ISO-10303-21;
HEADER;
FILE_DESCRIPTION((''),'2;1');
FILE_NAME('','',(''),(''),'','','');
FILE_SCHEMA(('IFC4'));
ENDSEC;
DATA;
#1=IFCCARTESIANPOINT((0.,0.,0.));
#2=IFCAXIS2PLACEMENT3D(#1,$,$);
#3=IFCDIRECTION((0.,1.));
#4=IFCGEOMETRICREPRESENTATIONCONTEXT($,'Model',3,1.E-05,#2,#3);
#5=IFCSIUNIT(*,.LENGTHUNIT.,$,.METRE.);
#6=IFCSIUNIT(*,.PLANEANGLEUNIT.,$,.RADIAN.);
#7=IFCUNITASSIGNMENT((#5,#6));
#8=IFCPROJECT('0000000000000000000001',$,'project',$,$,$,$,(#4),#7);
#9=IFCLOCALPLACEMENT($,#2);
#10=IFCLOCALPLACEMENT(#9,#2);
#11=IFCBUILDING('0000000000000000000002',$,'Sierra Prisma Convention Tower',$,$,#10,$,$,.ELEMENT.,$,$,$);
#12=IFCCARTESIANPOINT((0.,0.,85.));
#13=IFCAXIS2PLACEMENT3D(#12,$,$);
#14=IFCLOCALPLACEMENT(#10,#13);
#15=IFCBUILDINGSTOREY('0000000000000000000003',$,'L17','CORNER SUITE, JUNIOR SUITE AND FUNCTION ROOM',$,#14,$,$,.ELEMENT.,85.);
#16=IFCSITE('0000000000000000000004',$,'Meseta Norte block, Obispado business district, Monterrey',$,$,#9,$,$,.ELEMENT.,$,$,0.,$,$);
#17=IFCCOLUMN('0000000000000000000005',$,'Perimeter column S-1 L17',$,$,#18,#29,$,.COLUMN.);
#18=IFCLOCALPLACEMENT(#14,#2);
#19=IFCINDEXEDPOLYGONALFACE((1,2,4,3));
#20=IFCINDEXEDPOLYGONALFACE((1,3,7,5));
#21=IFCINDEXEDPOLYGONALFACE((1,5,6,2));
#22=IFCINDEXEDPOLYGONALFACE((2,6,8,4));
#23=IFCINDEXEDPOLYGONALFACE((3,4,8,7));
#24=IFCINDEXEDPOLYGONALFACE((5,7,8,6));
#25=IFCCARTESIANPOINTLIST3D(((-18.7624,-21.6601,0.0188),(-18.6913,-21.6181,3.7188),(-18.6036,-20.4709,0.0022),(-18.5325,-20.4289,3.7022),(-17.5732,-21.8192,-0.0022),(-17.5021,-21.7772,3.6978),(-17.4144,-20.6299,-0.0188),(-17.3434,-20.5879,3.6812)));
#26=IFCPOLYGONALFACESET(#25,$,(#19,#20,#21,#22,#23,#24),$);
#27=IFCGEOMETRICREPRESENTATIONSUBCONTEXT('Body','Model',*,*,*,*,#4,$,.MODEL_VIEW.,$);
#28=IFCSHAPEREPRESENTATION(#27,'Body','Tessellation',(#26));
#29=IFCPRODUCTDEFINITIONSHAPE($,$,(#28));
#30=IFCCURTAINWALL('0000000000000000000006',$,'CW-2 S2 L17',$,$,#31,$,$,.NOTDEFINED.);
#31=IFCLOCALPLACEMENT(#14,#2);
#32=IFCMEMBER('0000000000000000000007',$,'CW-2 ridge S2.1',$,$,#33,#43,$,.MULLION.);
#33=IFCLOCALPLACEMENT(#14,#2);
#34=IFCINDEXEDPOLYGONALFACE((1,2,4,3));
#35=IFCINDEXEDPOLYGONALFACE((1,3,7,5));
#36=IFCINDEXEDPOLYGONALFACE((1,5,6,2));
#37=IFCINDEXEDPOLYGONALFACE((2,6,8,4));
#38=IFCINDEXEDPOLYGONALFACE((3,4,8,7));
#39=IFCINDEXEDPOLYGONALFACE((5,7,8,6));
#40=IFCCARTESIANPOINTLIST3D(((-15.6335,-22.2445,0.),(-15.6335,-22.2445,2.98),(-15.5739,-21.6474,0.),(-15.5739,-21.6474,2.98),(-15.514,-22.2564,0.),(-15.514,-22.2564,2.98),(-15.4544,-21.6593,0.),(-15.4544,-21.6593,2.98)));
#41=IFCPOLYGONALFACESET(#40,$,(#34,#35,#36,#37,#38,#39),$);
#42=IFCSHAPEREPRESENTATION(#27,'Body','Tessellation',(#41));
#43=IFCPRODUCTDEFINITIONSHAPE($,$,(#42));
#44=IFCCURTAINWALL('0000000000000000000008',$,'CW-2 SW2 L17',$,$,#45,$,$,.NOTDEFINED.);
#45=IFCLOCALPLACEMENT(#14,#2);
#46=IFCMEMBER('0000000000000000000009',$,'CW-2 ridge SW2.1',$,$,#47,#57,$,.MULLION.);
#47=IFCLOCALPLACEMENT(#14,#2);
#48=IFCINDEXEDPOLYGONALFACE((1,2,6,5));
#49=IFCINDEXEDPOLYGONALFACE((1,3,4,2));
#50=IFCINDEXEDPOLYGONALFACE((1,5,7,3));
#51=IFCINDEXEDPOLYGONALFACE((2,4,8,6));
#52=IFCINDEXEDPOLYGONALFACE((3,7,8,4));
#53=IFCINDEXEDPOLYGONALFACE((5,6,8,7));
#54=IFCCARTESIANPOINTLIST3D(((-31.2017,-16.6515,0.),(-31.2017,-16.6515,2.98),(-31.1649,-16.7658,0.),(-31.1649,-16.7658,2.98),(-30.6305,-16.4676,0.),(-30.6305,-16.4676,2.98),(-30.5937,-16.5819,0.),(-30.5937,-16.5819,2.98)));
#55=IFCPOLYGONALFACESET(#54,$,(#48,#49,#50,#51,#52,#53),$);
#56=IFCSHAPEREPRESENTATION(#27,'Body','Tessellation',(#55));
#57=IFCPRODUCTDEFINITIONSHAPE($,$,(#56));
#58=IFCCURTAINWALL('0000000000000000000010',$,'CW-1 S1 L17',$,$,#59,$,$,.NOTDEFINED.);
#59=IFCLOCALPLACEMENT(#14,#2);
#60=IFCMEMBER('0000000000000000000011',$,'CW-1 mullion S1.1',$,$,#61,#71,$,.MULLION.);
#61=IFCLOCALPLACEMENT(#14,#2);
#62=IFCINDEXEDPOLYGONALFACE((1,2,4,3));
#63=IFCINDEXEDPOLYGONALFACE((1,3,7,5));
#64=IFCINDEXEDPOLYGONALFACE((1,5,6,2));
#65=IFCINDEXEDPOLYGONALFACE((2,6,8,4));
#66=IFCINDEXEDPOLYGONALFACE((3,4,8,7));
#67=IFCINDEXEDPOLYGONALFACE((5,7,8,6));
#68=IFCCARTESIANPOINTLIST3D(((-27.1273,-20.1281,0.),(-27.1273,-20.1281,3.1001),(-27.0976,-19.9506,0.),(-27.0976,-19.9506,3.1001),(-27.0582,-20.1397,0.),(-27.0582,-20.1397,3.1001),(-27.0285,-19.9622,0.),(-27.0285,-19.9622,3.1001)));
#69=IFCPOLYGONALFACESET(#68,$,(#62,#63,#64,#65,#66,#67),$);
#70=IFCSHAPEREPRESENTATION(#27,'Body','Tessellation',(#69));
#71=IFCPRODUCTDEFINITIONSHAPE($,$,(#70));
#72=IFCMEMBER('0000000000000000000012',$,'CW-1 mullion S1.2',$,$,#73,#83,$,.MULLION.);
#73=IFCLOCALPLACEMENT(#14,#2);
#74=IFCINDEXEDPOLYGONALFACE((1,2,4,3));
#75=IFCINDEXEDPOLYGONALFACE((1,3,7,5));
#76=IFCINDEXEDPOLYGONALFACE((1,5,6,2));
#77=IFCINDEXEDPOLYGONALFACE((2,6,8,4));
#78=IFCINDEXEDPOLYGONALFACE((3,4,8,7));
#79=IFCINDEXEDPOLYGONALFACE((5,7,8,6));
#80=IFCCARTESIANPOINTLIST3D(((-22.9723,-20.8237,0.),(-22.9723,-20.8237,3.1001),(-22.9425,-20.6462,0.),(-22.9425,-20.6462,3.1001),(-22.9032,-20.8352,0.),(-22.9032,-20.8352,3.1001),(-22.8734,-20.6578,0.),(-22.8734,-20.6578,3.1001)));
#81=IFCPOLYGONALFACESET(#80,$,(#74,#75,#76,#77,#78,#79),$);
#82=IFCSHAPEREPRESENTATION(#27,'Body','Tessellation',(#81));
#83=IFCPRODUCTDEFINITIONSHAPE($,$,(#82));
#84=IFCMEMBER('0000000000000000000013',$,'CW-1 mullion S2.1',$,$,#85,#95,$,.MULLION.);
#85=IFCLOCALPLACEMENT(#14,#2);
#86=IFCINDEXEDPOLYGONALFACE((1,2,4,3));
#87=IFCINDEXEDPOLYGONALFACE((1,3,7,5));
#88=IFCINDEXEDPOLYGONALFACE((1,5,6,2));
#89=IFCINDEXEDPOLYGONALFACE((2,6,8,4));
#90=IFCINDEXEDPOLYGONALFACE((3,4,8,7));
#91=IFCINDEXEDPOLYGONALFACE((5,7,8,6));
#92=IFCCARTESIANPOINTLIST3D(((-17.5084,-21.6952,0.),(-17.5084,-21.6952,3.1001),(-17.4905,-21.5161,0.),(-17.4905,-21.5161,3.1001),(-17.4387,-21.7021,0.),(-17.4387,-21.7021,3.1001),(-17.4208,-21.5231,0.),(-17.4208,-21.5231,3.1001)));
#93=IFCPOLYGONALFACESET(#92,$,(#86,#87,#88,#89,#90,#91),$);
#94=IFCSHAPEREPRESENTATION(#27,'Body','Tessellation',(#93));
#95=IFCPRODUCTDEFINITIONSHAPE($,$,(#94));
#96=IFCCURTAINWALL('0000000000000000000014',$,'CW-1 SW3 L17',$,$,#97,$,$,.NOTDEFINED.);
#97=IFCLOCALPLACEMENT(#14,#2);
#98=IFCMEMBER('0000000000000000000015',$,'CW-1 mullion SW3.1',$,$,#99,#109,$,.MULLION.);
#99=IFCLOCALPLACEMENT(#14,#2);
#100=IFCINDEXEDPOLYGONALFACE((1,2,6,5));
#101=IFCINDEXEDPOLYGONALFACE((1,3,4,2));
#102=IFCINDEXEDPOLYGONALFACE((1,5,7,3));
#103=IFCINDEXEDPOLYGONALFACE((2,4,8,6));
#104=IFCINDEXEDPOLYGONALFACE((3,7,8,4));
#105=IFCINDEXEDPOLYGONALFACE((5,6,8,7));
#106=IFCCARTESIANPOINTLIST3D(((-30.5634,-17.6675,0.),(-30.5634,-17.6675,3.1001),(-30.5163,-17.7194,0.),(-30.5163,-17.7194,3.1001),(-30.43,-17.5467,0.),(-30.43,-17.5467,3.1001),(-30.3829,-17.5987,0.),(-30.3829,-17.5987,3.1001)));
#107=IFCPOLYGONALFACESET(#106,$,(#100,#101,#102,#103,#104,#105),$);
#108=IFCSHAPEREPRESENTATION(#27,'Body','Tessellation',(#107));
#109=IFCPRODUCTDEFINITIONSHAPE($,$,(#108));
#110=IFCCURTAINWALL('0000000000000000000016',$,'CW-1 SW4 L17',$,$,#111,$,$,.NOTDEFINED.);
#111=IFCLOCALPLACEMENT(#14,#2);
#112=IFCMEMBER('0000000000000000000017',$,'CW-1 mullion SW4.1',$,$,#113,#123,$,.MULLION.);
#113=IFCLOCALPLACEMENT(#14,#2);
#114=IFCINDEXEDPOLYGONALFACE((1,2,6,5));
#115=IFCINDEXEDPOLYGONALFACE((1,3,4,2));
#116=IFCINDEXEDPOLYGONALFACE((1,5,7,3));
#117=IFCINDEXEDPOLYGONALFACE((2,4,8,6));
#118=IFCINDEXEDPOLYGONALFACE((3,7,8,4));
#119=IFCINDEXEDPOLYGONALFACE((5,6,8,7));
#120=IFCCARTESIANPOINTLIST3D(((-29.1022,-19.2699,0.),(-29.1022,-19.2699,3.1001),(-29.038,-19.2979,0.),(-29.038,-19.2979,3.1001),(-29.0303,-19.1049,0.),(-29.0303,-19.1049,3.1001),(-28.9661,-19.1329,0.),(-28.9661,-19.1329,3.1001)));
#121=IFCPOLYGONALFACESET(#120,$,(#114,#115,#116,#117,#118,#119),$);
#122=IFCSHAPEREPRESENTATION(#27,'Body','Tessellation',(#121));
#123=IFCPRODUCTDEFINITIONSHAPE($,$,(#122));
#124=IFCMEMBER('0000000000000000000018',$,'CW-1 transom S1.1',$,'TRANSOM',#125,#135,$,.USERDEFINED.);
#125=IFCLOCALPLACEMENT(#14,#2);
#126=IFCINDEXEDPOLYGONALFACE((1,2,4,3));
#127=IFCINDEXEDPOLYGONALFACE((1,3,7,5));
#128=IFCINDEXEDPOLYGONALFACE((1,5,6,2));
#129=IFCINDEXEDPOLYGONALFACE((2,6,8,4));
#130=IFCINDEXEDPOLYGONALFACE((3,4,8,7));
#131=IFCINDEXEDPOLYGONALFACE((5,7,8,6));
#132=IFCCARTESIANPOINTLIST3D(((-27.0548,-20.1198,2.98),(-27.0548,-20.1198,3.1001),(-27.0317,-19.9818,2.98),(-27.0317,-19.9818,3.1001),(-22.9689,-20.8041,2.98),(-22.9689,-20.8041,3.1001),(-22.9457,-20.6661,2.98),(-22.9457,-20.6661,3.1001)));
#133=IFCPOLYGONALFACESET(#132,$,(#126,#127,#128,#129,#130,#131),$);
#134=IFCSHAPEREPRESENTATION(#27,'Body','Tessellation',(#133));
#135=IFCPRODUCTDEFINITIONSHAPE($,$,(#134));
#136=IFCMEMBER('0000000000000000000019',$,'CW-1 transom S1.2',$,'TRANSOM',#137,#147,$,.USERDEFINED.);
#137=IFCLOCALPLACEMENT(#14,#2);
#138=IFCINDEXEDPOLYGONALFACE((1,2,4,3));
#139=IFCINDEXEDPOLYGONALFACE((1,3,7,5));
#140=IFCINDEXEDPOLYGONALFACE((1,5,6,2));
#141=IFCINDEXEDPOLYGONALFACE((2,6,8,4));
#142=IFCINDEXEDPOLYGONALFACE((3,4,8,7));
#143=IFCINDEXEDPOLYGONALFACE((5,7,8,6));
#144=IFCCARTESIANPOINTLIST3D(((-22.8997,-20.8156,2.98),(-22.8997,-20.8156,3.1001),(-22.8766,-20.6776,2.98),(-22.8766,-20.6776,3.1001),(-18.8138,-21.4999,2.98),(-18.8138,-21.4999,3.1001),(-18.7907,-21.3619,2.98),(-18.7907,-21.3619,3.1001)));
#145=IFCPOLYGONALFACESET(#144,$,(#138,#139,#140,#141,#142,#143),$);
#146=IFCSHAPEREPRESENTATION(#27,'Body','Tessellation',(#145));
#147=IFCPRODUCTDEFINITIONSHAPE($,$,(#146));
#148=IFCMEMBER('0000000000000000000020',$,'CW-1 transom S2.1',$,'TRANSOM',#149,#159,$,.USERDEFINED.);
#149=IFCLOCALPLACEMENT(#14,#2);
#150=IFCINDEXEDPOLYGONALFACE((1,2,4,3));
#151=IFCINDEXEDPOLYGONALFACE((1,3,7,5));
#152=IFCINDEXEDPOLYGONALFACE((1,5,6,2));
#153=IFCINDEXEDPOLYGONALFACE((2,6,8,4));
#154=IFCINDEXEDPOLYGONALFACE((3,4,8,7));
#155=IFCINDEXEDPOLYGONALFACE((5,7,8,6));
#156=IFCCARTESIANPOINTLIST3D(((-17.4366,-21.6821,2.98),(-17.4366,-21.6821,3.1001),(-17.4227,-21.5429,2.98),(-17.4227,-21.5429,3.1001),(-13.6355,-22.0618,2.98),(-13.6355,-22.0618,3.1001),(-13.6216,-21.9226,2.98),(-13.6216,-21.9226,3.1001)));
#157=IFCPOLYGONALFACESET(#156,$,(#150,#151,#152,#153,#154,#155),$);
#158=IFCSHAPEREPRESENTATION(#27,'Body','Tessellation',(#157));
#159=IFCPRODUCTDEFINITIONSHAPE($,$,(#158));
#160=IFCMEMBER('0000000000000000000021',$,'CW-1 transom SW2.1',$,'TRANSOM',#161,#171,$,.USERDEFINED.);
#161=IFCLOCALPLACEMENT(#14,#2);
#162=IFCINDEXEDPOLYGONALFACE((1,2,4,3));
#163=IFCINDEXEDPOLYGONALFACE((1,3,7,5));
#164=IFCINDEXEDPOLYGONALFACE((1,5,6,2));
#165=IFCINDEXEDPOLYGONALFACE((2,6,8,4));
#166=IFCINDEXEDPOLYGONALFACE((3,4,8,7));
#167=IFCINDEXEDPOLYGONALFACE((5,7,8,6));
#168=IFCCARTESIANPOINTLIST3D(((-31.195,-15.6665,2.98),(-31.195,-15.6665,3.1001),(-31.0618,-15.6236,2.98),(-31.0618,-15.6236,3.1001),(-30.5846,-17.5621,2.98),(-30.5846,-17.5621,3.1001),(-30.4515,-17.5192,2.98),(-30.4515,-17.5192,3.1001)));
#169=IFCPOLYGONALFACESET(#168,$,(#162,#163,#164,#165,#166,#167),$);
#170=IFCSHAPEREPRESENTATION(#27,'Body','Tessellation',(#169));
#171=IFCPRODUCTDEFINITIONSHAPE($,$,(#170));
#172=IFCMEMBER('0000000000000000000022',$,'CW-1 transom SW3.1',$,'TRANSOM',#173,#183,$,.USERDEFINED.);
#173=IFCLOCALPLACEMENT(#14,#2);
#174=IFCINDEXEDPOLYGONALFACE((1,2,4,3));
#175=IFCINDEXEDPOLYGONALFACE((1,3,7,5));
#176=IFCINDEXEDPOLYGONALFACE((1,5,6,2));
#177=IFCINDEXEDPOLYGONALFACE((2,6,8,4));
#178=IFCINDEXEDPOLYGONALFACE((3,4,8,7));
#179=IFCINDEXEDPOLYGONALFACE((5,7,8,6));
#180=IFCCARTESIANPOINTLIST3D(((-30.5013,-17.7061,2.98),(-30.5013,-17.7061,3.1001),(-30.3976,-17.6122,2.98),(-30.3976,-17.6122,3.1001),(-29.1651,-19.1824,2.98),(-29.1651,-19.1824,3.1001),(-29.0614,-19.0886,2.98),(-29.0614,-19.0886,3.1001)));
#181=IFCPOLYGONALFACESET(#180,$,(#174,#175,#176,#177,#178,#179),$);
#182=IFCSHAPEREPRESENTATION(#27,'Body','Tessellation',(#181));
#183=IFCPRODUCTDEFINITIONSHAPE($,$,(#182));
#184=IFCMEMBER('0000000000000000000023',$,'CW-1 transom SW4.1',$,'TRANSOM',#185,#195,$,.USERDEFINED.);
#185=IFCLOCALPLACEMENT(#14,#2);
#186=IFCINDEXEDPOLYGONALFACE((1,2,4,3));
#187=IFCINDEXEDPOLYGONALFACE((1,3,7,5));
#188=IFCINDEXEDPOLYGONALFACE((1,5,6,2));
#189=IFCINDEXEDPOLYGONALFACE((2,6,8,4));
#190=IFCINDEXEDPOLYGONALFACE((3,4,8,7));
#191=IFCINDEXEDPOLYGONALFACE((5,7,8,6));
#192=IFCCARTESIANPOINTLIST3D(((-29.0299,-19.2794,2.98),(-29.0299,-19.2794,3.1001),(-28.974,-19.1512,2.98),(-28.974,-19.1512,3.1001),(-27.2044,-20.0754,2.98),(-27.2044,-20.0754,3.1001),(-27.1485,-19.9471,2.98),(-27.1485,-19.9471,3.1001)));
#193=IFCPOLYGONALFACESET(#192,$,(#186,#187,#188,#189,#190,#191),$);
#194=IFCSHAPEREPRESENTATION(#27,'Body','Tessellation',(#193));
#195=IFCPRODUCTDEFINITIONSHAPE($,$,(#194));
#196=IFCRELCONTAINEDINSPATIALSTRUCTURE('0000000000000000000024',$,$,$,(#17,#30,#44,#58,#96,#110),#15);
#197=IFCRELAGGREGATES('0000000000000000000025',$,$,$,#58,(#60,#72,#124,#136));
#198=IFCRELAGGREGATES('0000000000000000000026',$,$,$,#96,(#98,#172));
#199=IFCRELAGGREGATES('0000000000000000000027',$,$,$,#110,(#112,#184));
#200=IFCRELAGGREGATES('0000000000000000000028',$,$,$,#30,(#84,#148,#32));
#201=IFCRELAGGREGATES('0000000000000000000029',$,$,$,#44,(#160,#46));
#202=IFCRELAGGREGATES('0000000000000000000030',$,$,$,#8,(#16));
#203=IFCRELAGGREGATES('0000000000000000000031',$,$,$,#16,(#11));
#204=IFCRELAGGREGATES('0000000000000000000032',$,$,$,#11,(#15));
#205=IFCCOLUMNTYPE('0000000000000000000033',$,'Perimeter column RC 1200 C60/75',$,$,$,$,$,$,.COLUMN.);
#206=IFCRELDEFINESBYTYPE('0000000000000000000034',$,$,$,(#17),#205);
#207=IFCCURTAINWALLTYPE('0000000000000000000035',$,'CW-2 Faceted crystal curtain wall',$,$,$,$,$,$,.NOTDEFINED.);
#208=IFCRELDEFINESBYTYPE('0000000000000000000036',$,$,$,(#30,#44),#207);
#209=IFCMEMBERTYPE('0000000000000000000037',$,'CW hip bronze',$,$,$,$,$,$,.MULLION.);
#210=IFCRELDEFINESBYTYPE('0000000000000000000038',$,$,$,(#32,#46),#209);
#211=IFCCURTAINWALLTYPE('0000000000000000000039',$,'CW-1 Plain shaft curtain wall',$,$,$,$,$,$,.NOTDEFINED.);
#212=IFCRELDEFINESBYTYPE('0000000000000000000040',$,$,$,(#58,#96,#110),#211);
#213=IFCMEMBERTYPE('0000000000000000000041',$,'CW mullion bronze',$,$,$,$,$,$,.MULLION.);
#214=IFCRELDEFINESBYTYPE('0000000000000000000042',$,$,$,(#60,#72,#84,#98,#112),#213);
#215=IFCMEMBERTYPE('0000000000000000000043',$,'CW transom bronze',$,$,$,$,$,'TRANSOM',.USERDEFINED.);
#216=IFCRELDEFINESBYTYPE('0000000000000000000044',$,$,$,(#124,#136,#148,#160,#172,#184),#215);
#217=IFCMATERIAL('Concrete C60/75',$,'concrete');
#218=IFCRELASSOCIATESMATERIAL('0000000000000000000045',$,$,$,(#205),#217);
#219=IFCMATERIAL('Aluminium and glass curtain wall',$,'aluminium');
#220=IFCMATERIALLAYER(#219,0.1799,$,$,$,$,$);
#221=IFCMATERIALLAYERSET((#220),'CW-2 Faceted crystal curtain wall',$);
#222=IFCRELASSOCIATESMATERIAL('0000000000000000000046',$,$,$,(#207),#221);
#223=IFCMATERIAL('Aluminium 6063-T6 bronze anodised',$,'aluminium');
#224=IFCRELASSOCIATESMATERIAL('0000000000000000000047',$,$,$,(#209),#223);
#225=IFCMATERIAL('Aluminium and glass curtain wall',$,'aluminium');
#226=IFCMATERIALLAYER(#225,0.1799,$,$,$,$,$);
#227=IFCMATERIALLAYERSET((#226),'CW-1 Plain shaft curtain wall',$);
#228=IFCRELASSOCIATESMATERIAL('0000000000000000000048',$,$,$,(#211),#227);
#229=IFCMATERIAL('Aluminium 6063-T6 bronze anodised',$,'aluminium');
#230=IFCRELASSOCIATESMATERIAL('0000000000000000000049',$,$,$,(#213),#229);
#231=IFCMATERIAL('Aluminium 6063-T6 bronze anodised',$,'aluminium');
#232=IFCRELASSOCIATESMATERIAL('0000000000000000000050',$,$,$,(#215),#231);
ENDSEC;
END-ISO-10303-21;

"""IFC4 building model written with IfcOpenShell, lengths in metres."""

from ifc_helpers import new_model, si_unit, direction, frame, origin, origin_2d, place, context, subcontext, project, spatial, rectangle, extrude, material, layer, layer_set, material_profile, profile_set, type_object, element, aggregate, save


model = new_model("IFC4")

# Units and contexts
model_context = context("Model", 3, precision=1e-05, world=origin(), true_north=direction((0.0, 1.0)))
body_context = subcontext(model_context, "Body", "Model", "MODEL_VIEW")
ifc_project = project(units=[si_unit("LENGTHUNIT", "METRE"), si_unit("PLANEANGLEUNIT", "RADIAN")], contexts=[model_context])

# Site, building, storey
site_placement = place(None, origin())
site = spatial("IfcSite", under=ifc_project, at=site_placement, Name="Meseta Norte block, Obispado business district, Monterrey", CompositionType="ELEMENT", RefElevation=0.0)
building_placement = place(site_placement, origin())
building = spatial("IfcBuilding", under=site, at=building_placement, Name="Sierra Prisma Convention Tower", CompositionType="ELEMENT")
storey_placement = place(building_placement, frame((0.0, 0.0, 85.0)))
storey = spatial("IfcBuildingStorey", under=building, at=storey_placement, Name="L17", Description="CORNER SUITE, JUNIOR SUITE AND FUNCTION ROOM", CompositionType="ELEMENT", Elevation=85.0)

# Column
ifc_material_1 = material(Name="Concrete C60/75", Category="concrete")
ifc_material_profile_1 = material_profile(ifc_material_1, rectangle(XDim=1.2, YDim=1.2, at=origin_2d()), Name="Perimeter column RC 1200 C60/75")
ifc_profile_set_1 = profile_set([ifc_material_profile_1], Name="Concrete C60/75")
column_type = type_object("IfcColumnType", Name="Perimeter column RC 1200 C60/75", PredefinedType="COLUMN", material=ifc_profile_set_1)
column_placement = place(storey_placement, frame((-18.0884, -21.145, 0.0), z_axis=(0.019197, 0.011347, 0.999751), x_axis=(-0.991022, 0.132545, 0.017525)))
element("IfcColumn", 1, at=column_placement, inside=storey, type_object=column_type, Name="Perimeter column S-1 L17", PredefinedType="COLUMN", context=body_context, shape_type="SweptSolid", body=[
    extrude(rectangle(XDim=1.2, YDim=1.2, at=origin_2d()), origin(), (0.0, 0.0, 1.0), 3.7009),
])

# Curtain walls, members
ifc_material_2 = material(Name="Aluminium and glass curtain wall", Category="aluminium")
ifc_layer_1 = layer(ifc_material_2, 0.1799)
ifc_layer_set_1 = layer_set([ifc_layer_1], Name="CW-2 Faceted crystal curtain wall")
curtain_wall_type_1 = type_object("IfcCurtainWallType", Name="CW-2 Faceted crystal curtain wall", PredefinedType="NOTDEFINED", material=ifc_layer_set_1)
curtain_wall_1_placement = place(storey_placement, origin())
curtain_wall_1 = element("IfcCurtainWall", 2, at=curtain_wall_1_placement, inside=storey, type_object=curtain_wall_type_1, Name="CW-2 S2 L17", PredefinedType="NOTDEFINED")
ifc_material_3 = material(Name="Aluminium 6063-T6 bronze anodised", Category="aluminium")
ifc_material_profile_2 = material_profile(ifc_material_3, rectangle(XDim=0.1201, YDim=0.6001, at=origin_2d()), Name="ALU RIDGE BLADE 120x600")
ifc_profile_set_2 = profile_set([ifc_material_profile_2], Name="Aluminium 6063-T6 bronze anodised")
member_type_1 = type_object("IfcMemberType", Name="CW hip bronze", PredefinedType="MULLION", material=ifc_profile_set_2)
member_1_placement = place(storey_placement, frame((-15.5439, -21.9519, 0.0), z_axis=(0.0, 0.0, 1.0), x_axis=(0.995049, -0.099381, 0.0)))
member_1 = element("IfcMember", 3, at=member_1_placement, type_object=member_type_1, Name="CW-2 ridge S2.1", PredefinedType="MULLION", context=body_context, shape_type="SweptSolid", body=[
    extrude(rectangle(XDim=0.1201, YDim=0.6001, at=origin_2d()), origin(), (0.0, 0.0, 1.0), 2.98),
])
curtain_wall_2_placement = place(storey_placement, origin())
curtain_wall_2 = element("IfcCurtainWall", 4, at=curtain_wall_2_placement, inside=storey, type_object=curtain_wall_type_1, Name="CW-2 SW2 L17", PredefinedType="NOTDEFINED")
member_2_placement = place(storey_placement, frame((-30.8977, -16.6167, 0.0), z_axis=(0.0, 0.0, 1.0), x_axis=(0.306555, -0.951853, 0.0)))
member_2 = element("IfcMember", 5, at=member_2_placement, type_object=member_type_1, Name="CW-2 ridge SW2.1", PredefinedType="MULLION", context=body_context, shape_type="SweptSolid", body=[
    extrude(rectangle(XDim=0.1201, YDim=0.6001, at=origin_2d()), origin(), (0.0, 0.0, 1.0), 2.98),
])

# Curtain wall, members
ifc_material_4 = material(Name="Aluminium and glass curtain wall", Category="aluminium")
ifc_layer_2 = layer(ifc_material_4, 0.1799)
ifc_layer_set_2 = layer_set([ifc_layer_2], Name="CW-1 Plain shaft curtain wall")
curtain_wall_type_2 = type_object("IfcCurtainWallType", Name="CW-1 Plain shaft curtain wall", PredefinedType="NOTDEFINED", material=ifc_layer_set_2)
curtain_wall_3_placement = place(storey_placement, origin())
curtain_wall_3 = element("IfcCurtainWall", 6, at=curtain_wall_3_placement, inside=storey, type_object=curtain_wall_type_2, Name="CW-1 S1 L17", PredefinedType="NOTDEFINED")
ifc_material_5 = material(Name="Aluminium 6063-T6 bronze anodised", Category="aluminium")
ifc_material_profile_3 = material_profile(ifc_material_5, rectangle(XDim=0.1799, YDim=0.0701, at=origin_2d()), Name="ALU MULLION 70x180")
ifc_profile_set_3 = profile_set([ifc_material_profile_3], Name="Aluminium 6063-T6 bronze anodised")
member_type_2 = type_object("IfcMemberType", Name="CW mullion bronze", PredefinedType="MULLION", material=ifc_profile_set_3)
member_3_placement = place(storey_placement, frame((-27.0779, -20.0452, 0.0), z_axis=(0.0, 0.0, 1.0), x_axis=(0.165149, 0.986269, 0.0)))
member_3 = element("IfcMember", 7, at=member_3_placement, type_object=member_type_2, Name="CW-1 mullion S1.1", PredefinedType="MULLION", context=body_context, shape_type="SweptSolid", body=[
    extrude(rectangle(XDim=0.1799, YDim=0.0701, at=origin_2d()), origin(), (0.0, 0.0, 1.0), 3.1001),
])
member_4_placement = place(storey_placement, frame((-22.9229, -20.7407, 0.0), z_axis=(0.0, 0.0, 1.0), x_axis=(0.165149, 0.986269, 0.0)))
member_4 = element("IfcMember", 8, at=member_4_placement, type_object=member_type_2, Name="CW-1 mullion S1.2", PredefinedType="MULLION", context=body_context, shape_type="SweptSolid", body=[
    extrude(rectangle(XDim=0.1799, YDim=0.0701, at=origin_2d()), origin(), (0.0, 0.0, 1.0), 3.1001),
])

# Member
member_5_placement = place(storey_placement, frame((-17.4646, -21.6091, 0.0), z_axis=(0.0, 0.0, 1.0), x_axis=(0.099381, 0.995049, 0.0)))
member_5 = element("IfcMember", 9, at=member_5_placement, type_object=member_type_2, Name="CW-1 mullion S2.1", PredefinedType="MULLION", context=body_context, shape_type="SweptSolid", body=[
    extrude(rectangle(XDim=0.1799, YDim=0.0701, at=origin_2d()), origin(), (0.0, 0.0, 1.0), 3.1001),
])

# Curtain walls, members
curtain_wall_4_placement = place(storey_placement, origin())
curtain_wall_4 = element("IfcCurtainWall", 10, at=curtain_wall_4_placement, inside=storey, type_object=curtain_wall_type_2, Name="CW-1 SW3 L17", PredefinedType="NOTDEFINED")
member_6_placement = place(storey_placement, frame((-30.4731, -17.6331, 0.0), z_axis=(0.0, 0.0, 1.0), x_axis=(0.741411, 0.671051, 0.0)))
member_6 = element("IfcMember", 11, at=member_6_placement, type_object=member_type_2, Name="CW-1 mullion SW3.1", PredefinedType="MULLION", context=body_context, shape_type="SweptSolid", body=[
    extrude(rectangle(XDim=0.1799, YDim=0.0701, at=origin_2d()), origin(), (0.0, 0.0, 1.0), 3.1001),
])
curtain_wall_5_placement = place(storey_placement, origin())
curtain_wall_5 = element("IfcCurtainWall", 12, at=curtain_wall_5_placement, inside=storey, type_object=curtain_wall_type_2, Name="CW-1 SW4 L17", PredefinedType="NOTDEFINED")
member_7_placement = place(storey_placement, frame((-29.0342, -19.2014, 0.0), z_axis=(0.0, 0.0, 1.0), x_axis=(0.399634, 0.916675, 0.0)))
member_7 = element("IfcMember", 13, at=member_7_placement, type_object=member_type_2, Name="CW-1 mullion SW4.1", PredefinedType="MULLION", context=body_context, shape_type="SweptSolid", body=[
    extrude(rectangle(XDim=0.1799, YDim=0.0701, at=origin_2d()), origin(), (0.0, 0.0, 1.0), 3.1001),
])

# Members
ifc_material_6 = material(Name="Aluminium 6063-T6 bronze anodised", Category="aluminium")
ifc_material_profile_4 = material_profile(ifc_material_6, rectangle(XDim=0.1399, YDim=0.1201, at=origin_2d()), Name="ALU TRANSOM 120x140")
ifc_profile_set_4 = profile_set([ifc_material_profile_4], Name="Aluminium 6063-T6 bronze anodised")
member_type_3 = type_object("IfcMemberType", Name="CW transom bronze", ElementType="TRANSOM", PredefinedType="USERDEFINED", material=ifc_profile_set_4)
member_8_placement = place(storey_placement, frame((-27.0432, -20.0508, 3.04), z_axis=(0.986263, -0.165183, 0.0), x_axis=(0.165183, 0.986263, 0.0)))
member_8 = element("IfcMember", 14, at=member_8_placement, type_object=member_type_3, Name="CW-1 transom S1.1", ObjectType="TRANSOM", PredefinedType="USERDEFINED", context=body_context, shape_type="SweptSolid", body=[
    extrude(rectangle(XDim=0.1399, YDim=0.1201, at=origin_2d()), origin(), (0.0, 0.0, 1.0), 4.1428),
])
member_9_placement = place(storey_placement, frame((-22.8882, -20.7466, 3.04), z_axis=(0.986263, -0.165183, 0.0), x_axis=(0.165183, 0.986263, 0.0)))
member_9 = element("IfcMember", 15, at=member_9_placement, type_object=member_type_3, Name="CW-1 transom S1.2", ObjectType="TRANSOM", PredefinedType="USERDEFINED", context=body_context, shape_type="SweptSolid", body=[
    extrude(rectangle(XDim=0.1399, YDim=0.1201, at=origin_2d()), origin(), (0.0, 0.0, 1.0), 4.1428),
])
member_10_placement = place(storey_placement, frame((-17.4297, -21.6125, 3.04), z_axis=(0.99505, -0.099377, 0.0), x_axis=(0.099377, 0.99505, 0.0)))
member_10 = element("IfcMember", 16, at=member_10_placement, type_object=member_type_3, Name="CW-1 transom S2.1", ObjectType="TRANSOM", PredefinedType="USERDEFINED", context=body_context, shape_type="SweptSolid", body=[
    extrude(rectangle(XDim=0.1399, YDim=0.1201, at=origin_2d()), origin(), (0.0, 0.0, 1.0), 3.8201),
])
member_11_placement = place(storey_placement, frame((-31.1284, -15.645, 3.04), z_axis=(0.306501, -0.95187, 0.0), x_axis=(0.95187, 0.306501, 0.0)))
member_11 = element("IfcMember", 17, at=member_11_placement, type_object=member_type_3, Name="CW-1 transom SW2.1", ObjectType="TRANSOM", PredefinedType="USERDEFINED", context=body_context, shape_type="SweptSolid", body=[
    extrude(rectangle(XDim=0.1399, YDim=0.1201, at=origin_2d()), origin(), (0.0, 0.0, 1.0), 1.9915),
])
member_12_placement = place(storey_placement, frame((-30.4495, -17.6592, 3.04), z_axis=(0.671042, -0.74142, 0.0), x_axis=(0.74142, 0.671042, 0.0)))
member_12 = element("IfcMember", 18, at=member_12_placement, type_object=member_type_3, Name="CW-1 transom SW3.1", ObjectType="TRANSOM", PredefinedType="USERDEFINED", context=body_context, shape_type="SweptSolid", body=[
    extrude(rectangle(XDim=0.1399, YDim=0.1201, at=origin_2d()), origin(), (0.0, 0.0, 1.0), 1.9912),
])
member_13_placement = place(storey_placement, frame((-29.002, -19.2153, 3.04), z_axis=(0.91666, -0.399667, 0.0), x_axis=(0.399667, 0.91666, 0.0)))
member_13 = element("IfcMember", 19, at=member_13_placement, type_object=member_type_3, Name="CW-1 transom SW4.1", ObjectType="TRANSOM", PredefinedType="USERDEFINED", context=body_context, shape_type="SweptSolid", body=[
    extrude(rectangle(XDim=0.1399, YDim=0.1201, at=origin_2d()), origin(), (0.0, 0.0, 1.0), 1.9915),
])

aggregate(curtain_wall_3, [member_3, member_4, member_8, member_9])
aggregate(curtain_wall_4, [member_6, member_12])
aggregate(curtain_wall_5, [member_7, member_13])
aggregate(curtain_wall_1, [member_5, member_10, member_1])
aggregate(curtain_wall_2, [member_11, member_2])

save(model, "model.ifc")
